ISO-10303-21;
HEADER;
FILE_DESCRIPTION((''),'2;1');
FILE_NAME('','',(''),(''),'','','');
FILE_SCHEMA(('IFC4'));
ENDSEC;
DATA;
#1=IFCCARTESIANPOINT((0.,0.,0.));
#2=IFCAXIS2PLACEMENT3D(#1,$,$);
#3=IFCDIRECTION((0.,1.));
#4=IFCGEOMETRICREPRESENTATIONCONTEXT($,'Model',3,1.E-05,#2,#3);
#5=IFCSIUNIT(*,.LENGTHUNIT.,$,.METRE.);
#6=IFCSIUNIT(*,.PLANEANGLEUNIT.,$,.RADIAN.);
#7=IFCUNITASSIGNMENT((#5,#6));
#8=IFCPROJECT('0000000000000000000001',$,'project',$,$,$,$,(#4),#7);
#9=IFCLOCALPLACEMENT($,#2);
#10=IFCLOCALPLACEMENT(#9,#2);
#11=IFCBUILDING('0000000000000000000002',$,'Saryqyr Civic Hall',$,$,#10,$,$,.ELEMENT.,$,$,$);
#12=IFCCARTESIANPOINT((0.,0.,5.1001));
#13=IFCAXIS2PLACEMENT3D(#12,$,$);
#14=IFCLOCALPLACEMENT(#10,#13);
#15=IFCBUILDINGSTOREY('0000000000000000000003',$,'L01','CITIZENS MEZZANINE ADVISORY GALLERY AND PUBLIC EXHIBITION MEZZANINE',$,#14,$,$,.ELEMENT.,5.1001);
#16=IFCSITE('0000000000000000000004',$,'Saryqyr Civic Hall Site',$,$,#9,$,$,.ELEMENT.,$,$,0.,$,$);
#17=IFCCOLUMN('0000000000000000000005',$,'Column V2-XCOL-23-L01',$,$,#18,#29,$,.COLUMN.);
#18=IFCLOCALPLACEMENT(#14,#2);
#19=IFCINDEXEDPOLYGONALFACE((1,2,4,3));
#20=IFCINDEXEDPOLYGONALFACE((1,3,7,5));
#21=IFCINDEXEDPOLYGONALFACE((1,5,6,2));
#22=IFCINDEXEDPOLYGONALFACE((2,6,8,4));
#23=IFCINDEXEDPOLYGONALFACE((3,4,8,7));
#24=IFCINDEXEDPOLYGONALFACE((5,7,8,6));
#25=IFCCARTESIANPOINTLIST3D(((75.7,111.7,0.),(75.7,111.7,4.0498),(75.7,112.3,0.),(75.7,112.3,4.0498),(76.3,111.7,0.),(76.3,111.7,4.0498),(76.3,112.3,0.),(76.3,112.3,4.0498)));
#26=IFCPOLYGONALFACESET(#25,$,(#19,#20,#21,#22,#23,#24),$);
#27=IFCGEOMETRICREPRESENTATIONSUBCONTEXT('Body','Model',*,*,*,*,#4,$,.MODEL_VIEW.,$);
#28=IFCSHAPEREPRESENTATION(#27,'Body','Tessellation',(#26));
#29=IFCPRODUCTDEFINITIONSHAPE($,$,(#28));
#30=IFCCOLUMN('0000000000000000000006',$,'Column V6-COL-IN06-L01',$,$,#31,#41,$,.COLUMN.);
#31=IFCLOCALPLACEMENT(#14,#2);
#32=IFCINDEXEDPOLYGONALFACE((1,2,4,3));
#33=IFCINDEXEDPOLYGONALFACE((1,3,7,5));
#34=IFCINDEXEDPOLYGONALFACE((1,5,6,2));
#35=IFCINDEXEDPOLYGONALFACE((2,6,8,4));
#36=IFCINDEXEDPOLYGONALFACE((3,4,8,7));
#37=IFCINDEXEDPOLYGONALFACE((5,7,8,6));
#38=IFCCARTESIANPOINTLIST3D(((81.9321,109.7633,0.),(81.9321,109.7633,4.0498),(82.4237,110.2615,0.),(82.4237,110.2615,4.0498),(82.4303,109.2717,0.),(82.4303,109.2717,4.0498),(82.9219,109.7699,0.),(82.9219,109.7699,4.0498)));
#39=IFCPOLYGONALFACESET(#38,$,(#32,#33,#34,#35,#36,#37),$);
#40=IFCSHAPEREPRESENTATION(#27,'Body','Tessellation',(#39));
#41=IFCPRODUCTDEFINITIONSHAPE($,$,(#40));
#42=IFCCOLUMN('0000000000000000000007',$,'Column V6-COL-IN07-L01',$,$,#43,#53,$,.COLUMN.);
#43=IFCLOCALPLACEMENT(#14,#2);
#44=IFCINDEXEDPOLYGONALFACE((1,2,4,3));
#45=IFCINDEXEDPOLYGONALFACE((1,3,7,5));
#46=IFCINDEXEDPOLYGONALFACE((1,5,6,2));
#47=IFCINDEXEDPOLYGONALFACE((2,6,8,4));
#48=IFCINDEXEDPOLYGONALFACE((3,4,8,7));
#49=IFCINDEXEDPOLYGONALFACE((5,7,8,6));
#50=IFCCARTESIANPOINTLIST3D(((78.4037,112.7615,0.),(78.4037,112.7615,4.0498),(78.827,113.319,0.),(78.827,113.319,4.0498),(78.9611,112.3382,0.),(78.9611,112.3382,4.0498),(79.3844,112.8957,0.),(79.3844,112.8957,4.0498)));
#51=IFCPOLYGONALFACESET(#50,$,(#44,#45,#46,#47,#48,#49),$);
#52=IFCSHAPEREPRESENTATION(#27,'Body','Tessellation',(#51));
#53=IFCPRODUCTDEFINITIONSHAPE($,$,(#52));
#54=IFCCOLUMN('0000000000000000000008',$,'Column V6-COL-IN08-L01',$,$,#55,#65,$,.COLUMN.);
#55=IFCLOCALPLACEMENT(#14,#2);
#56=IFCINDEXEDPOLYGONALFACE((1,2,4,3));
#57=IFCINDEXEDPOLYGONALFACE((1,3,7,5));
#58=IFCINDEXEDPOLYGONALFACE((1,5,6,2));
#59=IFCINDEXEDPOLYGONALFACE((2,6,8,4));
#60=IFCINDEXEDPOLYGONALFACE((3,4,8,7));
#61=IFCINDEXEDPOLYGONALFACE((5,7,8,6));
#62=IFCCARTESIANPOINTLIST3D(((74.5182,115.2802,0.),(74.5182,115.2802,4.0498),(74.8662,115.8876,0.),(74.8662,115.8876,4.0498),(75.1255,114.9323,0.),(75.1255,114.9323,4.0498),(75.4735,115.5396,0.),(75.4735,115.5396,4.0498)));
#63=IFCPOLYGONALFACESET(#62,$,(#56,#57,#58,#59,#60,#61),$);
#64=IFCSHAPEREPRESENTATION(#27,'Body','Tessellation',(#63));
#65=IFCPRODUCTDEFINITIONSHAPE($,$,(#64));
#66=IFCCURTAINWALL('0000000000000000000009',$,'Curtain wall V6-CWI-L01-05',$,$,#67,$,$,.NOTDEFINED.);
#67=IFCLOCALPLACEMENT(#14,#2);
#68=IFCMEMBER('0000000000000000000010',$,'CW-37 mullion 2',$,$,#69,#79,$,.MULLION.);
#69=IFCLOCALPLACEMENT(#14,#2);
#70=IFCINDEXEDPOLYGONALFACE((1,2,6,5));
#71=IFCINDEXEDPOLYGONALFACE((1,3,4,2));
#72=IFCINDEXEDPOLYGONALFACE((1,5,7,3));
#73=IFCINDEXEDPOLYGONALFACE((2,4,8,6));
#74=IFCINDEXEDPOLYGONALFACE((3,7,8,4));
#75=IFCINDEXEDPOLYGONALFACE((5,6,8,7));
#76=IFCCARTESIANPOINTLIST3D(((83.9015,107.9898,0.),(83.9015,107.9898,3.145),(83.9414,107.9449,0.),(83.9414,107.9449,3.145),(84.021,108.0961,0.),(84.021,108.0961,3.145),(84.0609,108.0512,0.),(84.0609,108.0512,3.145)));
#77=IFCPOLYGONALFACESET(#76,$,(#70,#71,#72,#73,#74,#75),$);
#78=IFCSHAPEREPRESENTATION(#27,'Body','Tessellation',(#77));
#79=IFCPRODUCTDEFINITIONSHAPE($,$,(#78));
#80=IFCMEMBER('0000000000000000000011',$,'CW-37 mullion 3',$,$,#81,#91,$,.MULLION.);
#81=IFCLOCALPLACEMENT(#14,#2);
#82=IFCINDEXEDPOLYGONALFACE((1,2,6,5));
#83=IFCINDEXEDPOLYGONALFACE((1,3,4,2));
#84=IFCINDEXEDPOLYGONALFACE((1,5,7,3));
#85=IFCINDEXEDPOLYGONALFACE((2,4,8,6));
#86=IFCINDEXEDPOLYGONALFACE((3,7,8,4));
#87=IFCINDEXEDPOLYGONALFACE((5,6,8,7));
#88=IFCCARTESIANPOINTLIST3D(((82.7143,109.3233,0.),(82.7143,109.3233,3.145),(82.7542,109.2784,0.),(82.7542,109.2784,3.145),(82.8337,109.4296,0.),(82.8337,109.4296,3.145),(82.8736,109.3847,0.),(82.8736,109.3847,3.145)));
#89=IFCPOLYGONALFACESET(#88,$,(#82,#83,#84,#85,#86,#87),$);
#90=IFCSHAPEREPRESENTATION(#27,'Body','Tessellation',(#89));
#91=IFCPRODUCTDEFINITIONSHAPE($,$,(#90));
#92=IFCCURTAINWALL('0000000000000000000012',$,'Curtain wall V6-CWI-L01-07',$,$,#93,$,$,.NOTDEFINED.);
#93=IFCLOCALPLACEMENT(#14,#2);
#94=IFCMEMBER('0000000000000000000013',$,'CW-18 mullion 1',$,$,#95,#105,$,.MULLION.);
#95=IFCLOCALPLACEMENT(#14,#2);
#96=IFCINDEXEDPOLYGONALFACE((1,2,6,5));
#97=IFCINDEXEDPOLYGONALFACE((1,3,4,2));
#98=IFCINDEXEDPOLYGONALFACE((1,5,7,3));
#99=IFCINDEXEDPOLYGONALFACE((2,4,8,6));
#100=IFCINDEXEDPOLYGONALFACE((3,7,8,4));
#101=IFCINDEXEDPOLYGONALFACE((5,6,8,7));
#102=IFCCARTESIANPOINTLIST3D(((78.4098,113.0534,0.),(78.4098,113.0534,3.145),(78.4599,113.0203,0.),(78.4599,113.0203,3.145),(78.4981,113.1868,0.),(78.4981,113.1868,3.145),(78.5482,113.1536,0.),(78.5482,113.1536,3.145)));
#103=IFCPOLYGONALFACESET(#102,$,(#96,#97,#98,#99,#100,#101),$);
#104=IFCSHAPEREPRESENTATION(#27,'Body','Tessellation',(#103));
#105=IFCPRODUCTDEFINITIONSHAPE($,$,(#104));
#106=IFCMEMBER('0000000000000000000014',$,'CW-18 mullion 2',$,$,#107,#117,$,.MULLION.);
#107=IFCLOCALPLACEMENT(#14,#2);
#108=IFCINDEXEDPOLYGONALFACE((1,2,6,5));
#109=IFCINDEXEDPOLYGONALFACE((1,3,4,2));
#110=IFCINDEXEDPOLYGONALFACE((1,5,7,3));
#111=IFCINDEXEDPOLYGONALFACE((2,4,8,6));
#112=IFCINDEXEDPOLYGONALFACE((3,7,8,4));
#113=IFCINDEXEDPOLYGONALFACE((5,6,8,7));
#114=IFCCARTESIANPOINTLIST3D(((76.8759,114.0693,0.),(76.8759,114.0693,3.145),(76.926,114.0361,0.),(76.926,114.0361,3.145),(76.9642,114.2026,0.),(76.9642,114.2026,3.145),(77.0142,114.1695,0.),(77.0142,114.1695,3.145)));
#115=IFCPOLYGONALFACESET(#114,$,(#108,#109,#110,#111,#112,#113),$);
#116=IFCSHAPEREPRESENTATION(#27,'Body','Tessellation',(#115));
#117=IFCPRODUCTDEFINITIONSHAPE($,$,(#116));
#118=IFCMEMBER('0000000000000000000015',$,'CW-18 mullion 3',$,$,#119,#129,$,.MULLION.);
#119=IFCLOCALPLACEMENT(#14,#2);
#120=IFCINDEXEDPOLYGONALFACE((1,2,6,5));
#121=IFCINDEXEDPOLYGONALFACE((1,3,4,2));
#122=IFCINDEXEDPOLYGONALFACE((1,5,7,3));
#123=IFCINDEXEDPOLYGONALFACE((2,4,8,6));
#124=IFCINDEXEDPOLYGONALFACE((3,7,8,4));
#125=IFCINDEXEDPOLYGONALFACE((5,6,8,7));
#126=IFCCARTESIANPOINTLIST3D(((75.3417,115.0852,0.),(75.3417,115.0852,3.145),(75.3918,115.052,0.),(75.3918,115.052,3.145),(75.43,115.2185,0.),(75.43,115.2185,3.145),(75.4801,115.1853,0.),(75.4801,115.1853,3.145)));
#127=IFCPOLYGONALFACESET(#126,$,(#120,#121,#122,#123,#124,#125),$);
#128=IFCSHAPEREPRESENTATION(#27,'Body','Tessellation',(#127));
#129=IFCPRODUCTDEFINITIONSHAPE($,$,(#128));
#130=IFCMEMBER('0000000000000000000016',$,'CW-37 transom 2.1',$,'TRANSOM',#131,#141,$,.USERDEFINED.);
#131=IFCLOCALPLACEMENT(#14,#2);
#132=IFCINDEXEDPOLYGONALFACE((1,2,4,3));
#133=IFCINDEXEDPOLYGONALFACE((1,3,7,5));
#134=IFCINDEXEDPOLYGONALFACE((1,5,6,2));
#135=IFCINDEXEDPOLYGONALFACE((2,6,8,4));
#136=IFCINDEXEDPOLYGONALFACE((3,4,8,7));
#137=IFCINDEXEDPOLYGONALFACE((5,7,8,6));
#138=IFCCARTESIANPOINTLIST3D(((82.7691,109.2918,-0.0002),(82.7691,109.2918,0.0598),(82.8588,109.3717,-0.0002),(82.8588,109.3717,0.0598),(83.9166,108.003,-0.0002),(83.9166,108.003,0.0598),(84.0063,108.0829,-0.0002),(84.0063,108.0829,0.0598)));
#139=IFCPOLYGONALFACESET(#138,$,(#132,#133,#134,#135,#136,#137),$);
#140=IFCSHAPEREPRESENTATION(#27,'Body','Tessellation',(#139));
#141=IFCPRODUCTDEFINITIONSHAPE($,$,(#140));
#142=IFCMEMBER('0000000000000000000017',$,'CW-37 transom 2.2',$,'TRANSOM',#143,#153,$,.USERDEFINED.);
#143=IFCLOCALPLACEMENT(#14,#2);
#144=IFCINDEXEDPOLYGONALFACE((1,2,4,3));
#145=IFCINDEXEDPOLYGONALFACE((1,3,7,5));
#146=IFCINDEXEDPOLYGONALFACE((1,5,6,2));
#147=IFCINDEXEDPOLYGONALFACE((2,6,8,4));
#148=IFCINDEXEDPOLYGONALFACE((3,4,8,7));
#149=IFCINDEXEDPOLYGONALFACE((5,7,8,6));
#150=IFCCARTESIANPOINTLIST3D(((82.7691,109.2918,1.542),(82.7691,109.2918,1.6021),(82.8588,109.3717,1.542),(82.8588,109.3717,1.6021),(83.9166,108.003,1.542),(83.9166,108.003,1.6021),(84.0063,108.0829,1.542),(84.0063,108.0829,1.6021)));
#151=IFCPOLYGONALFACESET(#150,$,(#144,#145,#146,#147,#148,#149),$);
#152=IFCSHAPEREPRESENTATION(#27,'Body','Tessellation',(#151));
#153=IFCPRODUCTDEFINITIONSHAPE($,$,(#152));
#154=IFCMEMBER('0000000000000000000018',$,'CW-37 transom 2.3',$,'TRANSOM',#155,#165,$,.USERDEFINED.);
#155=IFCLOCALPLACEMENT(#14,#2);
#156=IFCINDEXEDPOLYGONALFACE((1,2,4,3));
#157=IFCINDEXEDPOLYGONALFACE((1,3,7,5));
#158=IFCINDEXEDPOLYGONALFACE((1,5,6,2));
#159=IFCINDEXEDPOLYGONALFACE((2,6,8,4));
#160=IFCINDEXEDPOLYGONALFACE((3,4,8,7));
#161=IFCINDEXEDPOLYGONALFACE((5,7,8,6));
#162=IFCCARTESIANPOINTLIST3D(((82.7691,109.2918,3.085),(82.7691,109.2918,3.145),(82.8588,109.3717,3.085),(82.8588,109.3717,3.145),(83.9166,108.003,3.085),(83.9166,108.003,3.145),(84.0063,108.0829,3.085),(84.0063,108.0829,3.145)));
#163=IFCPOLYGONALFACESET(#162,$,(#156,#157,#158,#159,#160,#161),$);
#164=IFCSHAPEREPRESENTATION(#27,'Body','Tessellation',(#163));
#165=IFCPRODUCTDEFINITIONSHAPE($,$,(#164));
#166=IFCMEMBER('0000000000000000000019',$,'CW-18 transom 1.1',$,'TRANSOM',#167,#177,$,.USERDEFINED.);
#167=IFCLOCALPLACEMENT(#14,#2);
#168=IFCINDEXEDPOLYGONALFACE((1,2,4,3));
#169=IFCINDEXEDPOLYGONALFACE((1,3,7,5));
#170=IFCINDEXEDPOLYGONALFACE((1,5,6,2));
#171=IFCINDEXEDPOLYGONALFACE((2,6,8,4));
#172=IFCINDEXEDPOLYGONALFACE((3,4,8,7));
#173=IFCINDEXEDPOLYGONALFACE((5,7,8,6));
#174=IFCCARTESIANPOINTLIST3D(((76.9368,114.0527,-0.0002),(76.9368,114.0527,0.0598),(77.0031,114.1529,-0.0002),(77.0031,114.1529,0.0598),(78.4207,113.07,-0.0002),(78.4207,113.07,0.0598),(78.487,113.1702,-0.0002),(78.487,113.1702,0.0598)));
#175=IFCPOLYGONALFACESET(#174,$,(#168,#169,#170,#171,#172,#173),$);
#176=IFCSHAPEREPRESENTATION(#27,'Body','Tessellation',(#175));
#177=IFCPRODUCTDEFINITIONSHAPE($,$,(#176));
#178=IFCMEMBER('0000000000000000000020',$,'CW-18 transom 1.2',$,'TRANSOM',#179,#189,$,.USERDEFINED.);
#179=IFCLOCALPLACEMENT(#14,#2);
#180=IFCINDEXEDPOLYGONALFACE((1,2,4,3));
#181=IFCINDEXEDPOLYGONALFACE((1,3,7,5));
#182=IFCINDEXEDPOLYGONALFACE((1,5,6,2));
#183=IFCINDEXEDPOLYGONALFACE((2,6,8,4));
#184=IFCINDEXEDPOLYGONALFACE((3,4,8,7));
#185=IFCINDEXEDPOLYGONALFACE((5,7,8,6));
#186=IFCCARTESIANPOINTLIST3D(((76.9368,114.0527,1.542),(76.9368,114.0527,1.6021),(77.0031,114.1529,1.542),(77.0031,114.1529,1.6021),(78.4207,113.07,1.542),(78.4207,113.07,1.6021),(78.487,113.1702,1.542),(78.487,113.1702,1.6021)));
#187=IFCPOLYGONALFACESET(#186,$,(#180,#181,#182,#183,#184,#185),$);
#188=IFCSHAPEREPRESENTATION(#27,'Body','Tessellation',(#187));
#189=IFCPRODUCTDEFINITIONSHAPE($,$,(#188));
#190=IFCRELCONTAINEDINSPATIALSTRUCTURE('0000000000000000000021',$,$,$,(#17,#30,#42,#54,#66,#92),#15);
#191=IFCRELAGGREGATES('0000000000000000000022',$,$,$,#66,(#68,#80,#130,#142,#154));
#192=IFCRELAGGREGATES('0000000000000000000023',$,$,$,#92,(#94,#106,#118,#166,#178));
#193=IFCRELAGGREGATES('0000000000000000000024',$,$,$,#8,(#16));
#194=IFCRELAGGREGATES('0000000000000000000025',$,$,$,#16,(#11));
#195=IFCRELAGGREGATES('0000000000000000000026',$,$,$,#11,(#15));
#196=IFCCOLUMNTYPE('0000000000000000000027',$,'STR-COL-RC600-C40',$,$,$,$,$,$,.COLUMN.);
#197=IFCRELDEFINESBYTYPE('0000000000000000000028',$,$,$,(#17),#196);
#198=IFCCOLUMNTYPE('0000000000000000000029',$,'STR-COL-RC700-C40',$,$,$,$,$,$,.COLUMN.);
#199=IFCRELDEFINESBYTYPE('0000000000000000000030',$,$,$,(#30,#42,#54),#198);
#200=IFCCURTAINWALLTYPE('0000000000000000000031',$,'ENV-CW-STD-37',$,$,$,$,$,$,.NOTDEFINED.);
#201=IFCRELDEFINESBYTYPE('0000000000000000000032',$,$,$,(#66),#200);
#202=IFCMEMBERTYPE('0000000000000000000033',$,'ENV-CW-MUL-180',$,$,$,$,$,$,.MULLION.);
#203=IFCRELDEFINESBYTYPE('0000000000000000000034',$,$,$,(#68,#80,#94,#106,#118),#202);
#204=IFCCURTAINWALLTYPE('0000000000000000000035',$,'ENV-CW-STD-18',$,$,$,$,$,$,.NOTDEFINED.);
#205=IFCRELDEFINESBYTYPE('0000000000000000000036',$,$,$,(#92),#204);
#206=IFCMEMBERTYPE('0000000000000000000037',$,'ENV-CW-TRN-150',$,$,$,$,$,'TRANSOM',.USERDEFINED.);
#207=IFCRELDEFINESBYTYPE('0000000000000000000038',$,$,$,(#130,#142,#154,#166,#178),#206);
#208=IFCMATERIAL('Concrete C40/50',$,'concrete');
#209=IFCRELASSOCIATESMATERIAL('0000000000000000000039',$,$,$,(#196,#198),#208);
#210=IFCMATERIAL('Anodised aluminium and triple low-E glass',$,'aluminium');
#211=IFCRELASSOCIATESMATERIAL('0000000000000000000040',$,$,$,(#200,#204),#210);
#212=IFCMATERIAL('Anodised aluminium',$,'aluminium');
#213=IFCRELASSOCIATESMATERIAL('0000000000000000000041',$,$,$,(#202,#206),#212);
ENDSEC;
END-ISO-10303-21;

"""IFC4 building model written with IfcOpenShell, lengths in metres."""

from ifc_helpers import new_model, si_unit, direction, frame, origin, origin_2d, place, context, subcontext, project, spatial, rectangle, extrude, material, material_profile, profile_set, type_object, element, aggregate, save


model = new_model("IFC4")

# Units and contexts
model_context = context("Model", 3, precision=1e-05, world=origin(), true_north=direction((0.0, 1.0)))
body_context = subcontext(model_context, "Body", "Model", "MODEL_VIEW")
ifc_project = project(units=[si_unit("LENGTHUNIT", "METRE"), si_unit("PLANEANGLEUNIT", "RADIAN")], contexts=[model_context])

# Site, building, storey
site_placement = place(None, origin())
site = spatial("IfcSite", under=ifc_project, at=site_placement, Name="Saryqyr Civic Hall Site", CompositionType="ELEMENT", RefElevation=0.0)
building_placement = place(site_placement, origin())
building = spatial("IfcBuilding", under=site, at=building_placement, Name="Saryqyr Civic Hall", CompositionType="ELEMENT")
storey_placement = place(building_placement, frame((0.0, 0.0, 5.1001)))
storey = spatial("IfcBuildingStorey", under=building, at=storey_placement, Name="L01", Description="CITIZENS MEZZANINE ADVISORY GALLERY AND PUBLIC EXHIBITION MEZZANINE", CompositionType="ELEMENT", Elevation=5.1001)

# Columns
ifc_material_1 = material(Name="Concrete C40/50", Category="concrete")
ifc_material_profile_1 = material_profile(ifc_material_1, rectangle(XDim=0.6001, YDim=0.6001, at=origin_2d()), Name="RC 600x600")
ifc_profile_set_1 = profile_set([ifc_material_profile_1], Name="Concrete C40/50")
column_type_1 = type_object("IfcColumnType", Name="STR-COL-RC600-C40", PredefinedType="COLUMN", material=ifc_profile_set_1)
column_placement = place(storey_placement, frame((76.0, 112.0, 0.0), z_axis=(0.0, 0.0, 1.0), x_axis=(1.0, 0.0, 0.0)))
element("IfcColumn", 1, at=column_placement, inside=storey, type_object=column_type_1, Name="Column V2-XCOL-23-L01", PredefinedType="COLUMN", context=body_context, shape_type="SweptSolid", body=[
    extrude(rectangle(XDim=0.6001, YDim=0.6001, at=origin_2d()), origin(), (0.0, 0.0, 1.0), 4.0498),
])
ifc_material_profile_2 = material_profile(ifc_material_1, rectangle(XDim=0.7, YDim=0.7, at=origin_2d()), Name="RC 700x700")
ifc_profile_set_2 = profile_set([ifc_material_profile_2], Name="Concrete C40/50")
column_type_2 = type_object("IfcColumnType", Name="STR-COL-RC700-C40", PredefinedType="COLUMN", material=ifc_profile_set_2)
for number, where, z_axis, x_axis, name in (
    (2, (82.427, 109.7666, 0.0), (0.0, 0.0, 1.0), (0.702402, 0.711781, 0.0), "Column V6-COL-IN06-L01"),
    (3, (78.894, 112.8286, 0.0), (0.0, 0.0, 1.0), (0.604738, 0.796424, 0.0), "Column V6-COL-IN07-L01"),
    (4, (74.9958, 115.4099, 0.0), (0.0, 0.0, 1.0), (0.497125, 0.867679, 0.0), "Column V6-COL-IN08-L01"),
):
    element("IfcColumn", number, at=place(storey_placement, frame(where, z_axis=z_axis, x_axis=x_axis)), inside=storey, type_object=column_type_2, Name=name, PredefinedType="COLUMN", context=body_context, shape_type="SweptSolid", body=[
        extrude(rectangle(XDim=0.7, YDim=0.7, at=origin_2d()), origin(), (0.0, 0.0, 1.0), 4.0498),
    ])

# Curtain walls, members
ifc_material_2 = material(Name="Anodised aluminium and triple low-E glass", Category="aluminium")
curtain_wall_type_1 = type_object("IfcCurtainWallType", Name="ENV-CW-STD-37", PredefinedType="NOTDEFINED", material=ifc_material_2)
curtain_wall_1_placement = place(storey_placement, origin())
curtain_wall_1 = element("IfcCurtainWall", 5, at=curtain_wall_1_placement, inside=storey, type_object=curtain_wall_type_1, Name="Curtain wall V6-CWI-L01-05", PredefinedType="NOTDEFINED")
ifc_material_3 = material(Name="Anodised aluminium", Category="aluminium")
ifc_material_profile_3 = material_profile(ifc_material_3, rectangle(XDim=0.0601, YDim=0.1599, at=origin_2d()), Name="ALU MULLION 60x160")
ifc_profile_set_3 = profile_set([ifc_material_profile_3], Name="Anodised aluminium")
member_type_1 = type_object("IfcMemberType", Name="ENV-CW-MUL-180", PredefinedType="MULLION", material=ifc_profile_set_3)
member_1_placement = place(storey_placement, frame((83.9812, 108.0205, 0.0), z_axis=(0.0, 0.0, 1.0), x_axis=(-0.664938, 0.746899, 0.0)))
member_1 = element("IfcMember", 6, at=member_1_placement, type_object=member_type_1, Name="CW-37 mullion 2", PredefinedType="MULLION", context=body_context, shape_type="SweptSolid", body=[
    extrude(rectangle(XDim=0.0601, YDim=0.1599, at=origin_2d()), origin(), (0.0, 0.0, 1.0), 3.145),
])
member_2_placement = place(storey_placement, frame((82.7939, 109.354, 0.0), z_axis=(0.0, 0.0, 1.0), x_axis=(-0.664938, 0.746899, 0.0)))
member_2 = element("IfcMember", 7, at=member_2_placement, type_object=member_type_1, Name="CW-37 mullion 3", PredefinedType="MULLION", context=body_context, shape_type="SweptSolid", body=[
    extrude(rectangle(XDim=0.0601, YDim=0.1599, at=origin_2d()), origin(), (0.0, 0.0, 1.0), 3.145),
])
curtain_wall_type_2 = type_object("IfcCurtainWallType", Name="ENV-CW-STD-18", PredefinedType="NOTDEFINED", material=ifc_material_2)
curtain_wall_2_placement = place(storey_placement, origin())
curtain_wall_2 = element("IfcCurtainWall", 8, at=curtain_wall_2_placement, inside=storey, type_object=curtain_wall_type_2, Name="Curtain wall V6-CWI-L01-07", PredefinedType="NOTDEFINED")
member_3_placement = place(storey_placement, frame((78.479, 113.1035, 0.0), z_axis=(0.0, 0.0, 1.0), x_axis=(-0.833778, 0.5521, 0.0)))
member_3 = element("IfcMember", 9, at=member_3_placement, type_object=member_type_1, Name="CW-18 mullion 1", PredefinedType="MULLION", context=body_context, shape_type="SweptSolid", body=[
    extrude(rectangle(XDim=0.0601, YDim=0.1599, at=origin_2d()), origin(), (0.0, 0.0, 1.0), 3.145),
])
member_4_placement = place(storey_placement, frame((76.9451, 114.1194, 0.0), z_axis=(0.0, 0.0, 1.0), x_axis=(-0.833778, 0.5521, 0.0)))
member_4 = element("IfcMember", 10, at=member_4_placement, type_object=member_type_1, Name="CW-18 mullion 2", PredefinedType="MULLION", context=body_context, shape_type="SweptSolid", body=[
    extrude(rectangle(XDim=0.0601, YDim=0.1599, at=origin_2d()), origin(), (0.0, 0.0, 1.0), 3.145),
])
member_5_placement = place(storey_placement, frame((75.4109, 115.1353, 0.0), z_axis=(0.0, 0.0, 1.0), x_axis=(-0.833778, 0.5521, 0.0)))
member_5 = element("IfcMember", 11, at=member_5_placement, type_object=member_type_1, Name="CW-18 mullion 3", PredefinedType="MULLION", context=body_context, shape_type="SweptSolid", body=[
    extrude(rectangle(XDim=0.0601, YDim=0.1599, at=origin_2d()), origin(), (0.0, 0.0, 1.0), 3.145),
])

# Members
ifc_material_profile_4 = material_profile(ifc_material_3, rectangle(XDim=0.1201, YDim=0.0601, at=origin_2d()), Name="ALU TRANSOM 120x60")
ifc_profile_set_4 = profile_set([ifc_material_profile_4], Name="Anodised aluminium")
member_type_2 = type_object("IfcMemberType", Name="ENV-CW-TRN-150", ElementType="TRANSOM", PredefinedType="USERDEFINED", material=ifc_profile_set_4)
member_6_placement = place(storey_placement, frame((83.9614, 108.043, 0.0298), z_axis=(-0.664961, 0.746878, 0.0), x_axis=(-0.746878, -0.664961, 0.0)))
member_6 = element("IfcMember", 12, at=member_6_placement, type_object=member_type_2, Name="CW-37 transom 2.1", ObjectType="TRANSOM", PredefinedType="USERDEFINED", context=body_context, shape_type="SweptSolid", body=[
    extrude(rectangle(XDim=0.1201, YDim=0.0601, at=origin_2d()), origin(), (0.0, 0.0, 1.0), 1.7256),
])
member_7_placement = place(storey_placement, frame((83.9614, 108.043, 1.572), z_axis=(-0.664961, 0.746878, 0.0), x_axis=(-0.746878, -0.664961, 0.0)))
member_7 = element("IfcMember", 13, at=member_7_placement, type_object=member_type_2, Name="CW-37 transom 2.2", ObjectType="TRANSOM", PredefinedType="USERDEFINED", context=body_context, shape_type="SweptSolid", body=[
    extrude(rectangle(XDim=0.1201, YDim=0.0601, at=origin_2d()), origin(), (0.0, 0.0, 1.0), 1.7256),
])
member_8_placement = place(storey_placement, frame((83.9614, 108.043, 3.115), z_axis=(-0.664961, 0.746878, 0.0), x_axis=(-0.746878, -0.664961, 0.0)))
member_8 = element("IfcMember", 14, at=member_8_placement, type_object=member_type_2, Name="CW-37 transom 2.3", ObjectType="TRANSOM", PredefinedType="USERDEFINED", context=body_context, shape_type="SweptSolid", body=[
    extrude(rectangle(XDim=0.1201, YDim=0.0601, at=origin_2d()), origin(), (0.0, 0.0, 1.0), 1.7256),
])
member_9_placement = place(storey_placement, frame((78.4539, 113.1201, 0.0298), z_axis=(-0.833756, 0.552133, 0.0), x_axis=(-0.552133, -0.833756, 0.0)))
member_9 = element("IfcMember", 15, at=member_9_placement, type_object=member_type_2, Name="CW-18 transom 1.1", ObjectType="TRANSOM", PredefinedType="USERDEFINED", context=body_context, shape_type="SweptSolid", body=[
    extrude(rectangle(XDim=0.1201, YDim=0.0601, at=origin_2d()), origin(), (0.0, 0.0, 1.0), 1.7798),
])
member_10_placement = place(storey_placement, frame((78.4539, 113.1201, 1.572), z_axis=(-0.833756, 0.552133, 0.0), x_axis=(-0.552133, -0.833756, 0.0)))
member_10 = element("IfcMember", 16, at=member_10_placement, type_object=member_type_2, Name="CW-18 transom 1.2", ObjectType="TRANSOM", PredefinedType="USERDEFINED", context=body_context, shape_type="SweptSolid", body=[
    extrude(rectangle(XDim=0.1201, YDim=0.0601, at=origin_2d()), origin(), (0.0, 0.0, 1.0), 1.7798),
])

aggregate(curtain_wall_1, [member_1, member_2, member_6, member_7, member_8])
aggregate(curtain_wall_2, [member_3, member_4, member_5, member_9, member_10])

save(model, "model.ifc")
